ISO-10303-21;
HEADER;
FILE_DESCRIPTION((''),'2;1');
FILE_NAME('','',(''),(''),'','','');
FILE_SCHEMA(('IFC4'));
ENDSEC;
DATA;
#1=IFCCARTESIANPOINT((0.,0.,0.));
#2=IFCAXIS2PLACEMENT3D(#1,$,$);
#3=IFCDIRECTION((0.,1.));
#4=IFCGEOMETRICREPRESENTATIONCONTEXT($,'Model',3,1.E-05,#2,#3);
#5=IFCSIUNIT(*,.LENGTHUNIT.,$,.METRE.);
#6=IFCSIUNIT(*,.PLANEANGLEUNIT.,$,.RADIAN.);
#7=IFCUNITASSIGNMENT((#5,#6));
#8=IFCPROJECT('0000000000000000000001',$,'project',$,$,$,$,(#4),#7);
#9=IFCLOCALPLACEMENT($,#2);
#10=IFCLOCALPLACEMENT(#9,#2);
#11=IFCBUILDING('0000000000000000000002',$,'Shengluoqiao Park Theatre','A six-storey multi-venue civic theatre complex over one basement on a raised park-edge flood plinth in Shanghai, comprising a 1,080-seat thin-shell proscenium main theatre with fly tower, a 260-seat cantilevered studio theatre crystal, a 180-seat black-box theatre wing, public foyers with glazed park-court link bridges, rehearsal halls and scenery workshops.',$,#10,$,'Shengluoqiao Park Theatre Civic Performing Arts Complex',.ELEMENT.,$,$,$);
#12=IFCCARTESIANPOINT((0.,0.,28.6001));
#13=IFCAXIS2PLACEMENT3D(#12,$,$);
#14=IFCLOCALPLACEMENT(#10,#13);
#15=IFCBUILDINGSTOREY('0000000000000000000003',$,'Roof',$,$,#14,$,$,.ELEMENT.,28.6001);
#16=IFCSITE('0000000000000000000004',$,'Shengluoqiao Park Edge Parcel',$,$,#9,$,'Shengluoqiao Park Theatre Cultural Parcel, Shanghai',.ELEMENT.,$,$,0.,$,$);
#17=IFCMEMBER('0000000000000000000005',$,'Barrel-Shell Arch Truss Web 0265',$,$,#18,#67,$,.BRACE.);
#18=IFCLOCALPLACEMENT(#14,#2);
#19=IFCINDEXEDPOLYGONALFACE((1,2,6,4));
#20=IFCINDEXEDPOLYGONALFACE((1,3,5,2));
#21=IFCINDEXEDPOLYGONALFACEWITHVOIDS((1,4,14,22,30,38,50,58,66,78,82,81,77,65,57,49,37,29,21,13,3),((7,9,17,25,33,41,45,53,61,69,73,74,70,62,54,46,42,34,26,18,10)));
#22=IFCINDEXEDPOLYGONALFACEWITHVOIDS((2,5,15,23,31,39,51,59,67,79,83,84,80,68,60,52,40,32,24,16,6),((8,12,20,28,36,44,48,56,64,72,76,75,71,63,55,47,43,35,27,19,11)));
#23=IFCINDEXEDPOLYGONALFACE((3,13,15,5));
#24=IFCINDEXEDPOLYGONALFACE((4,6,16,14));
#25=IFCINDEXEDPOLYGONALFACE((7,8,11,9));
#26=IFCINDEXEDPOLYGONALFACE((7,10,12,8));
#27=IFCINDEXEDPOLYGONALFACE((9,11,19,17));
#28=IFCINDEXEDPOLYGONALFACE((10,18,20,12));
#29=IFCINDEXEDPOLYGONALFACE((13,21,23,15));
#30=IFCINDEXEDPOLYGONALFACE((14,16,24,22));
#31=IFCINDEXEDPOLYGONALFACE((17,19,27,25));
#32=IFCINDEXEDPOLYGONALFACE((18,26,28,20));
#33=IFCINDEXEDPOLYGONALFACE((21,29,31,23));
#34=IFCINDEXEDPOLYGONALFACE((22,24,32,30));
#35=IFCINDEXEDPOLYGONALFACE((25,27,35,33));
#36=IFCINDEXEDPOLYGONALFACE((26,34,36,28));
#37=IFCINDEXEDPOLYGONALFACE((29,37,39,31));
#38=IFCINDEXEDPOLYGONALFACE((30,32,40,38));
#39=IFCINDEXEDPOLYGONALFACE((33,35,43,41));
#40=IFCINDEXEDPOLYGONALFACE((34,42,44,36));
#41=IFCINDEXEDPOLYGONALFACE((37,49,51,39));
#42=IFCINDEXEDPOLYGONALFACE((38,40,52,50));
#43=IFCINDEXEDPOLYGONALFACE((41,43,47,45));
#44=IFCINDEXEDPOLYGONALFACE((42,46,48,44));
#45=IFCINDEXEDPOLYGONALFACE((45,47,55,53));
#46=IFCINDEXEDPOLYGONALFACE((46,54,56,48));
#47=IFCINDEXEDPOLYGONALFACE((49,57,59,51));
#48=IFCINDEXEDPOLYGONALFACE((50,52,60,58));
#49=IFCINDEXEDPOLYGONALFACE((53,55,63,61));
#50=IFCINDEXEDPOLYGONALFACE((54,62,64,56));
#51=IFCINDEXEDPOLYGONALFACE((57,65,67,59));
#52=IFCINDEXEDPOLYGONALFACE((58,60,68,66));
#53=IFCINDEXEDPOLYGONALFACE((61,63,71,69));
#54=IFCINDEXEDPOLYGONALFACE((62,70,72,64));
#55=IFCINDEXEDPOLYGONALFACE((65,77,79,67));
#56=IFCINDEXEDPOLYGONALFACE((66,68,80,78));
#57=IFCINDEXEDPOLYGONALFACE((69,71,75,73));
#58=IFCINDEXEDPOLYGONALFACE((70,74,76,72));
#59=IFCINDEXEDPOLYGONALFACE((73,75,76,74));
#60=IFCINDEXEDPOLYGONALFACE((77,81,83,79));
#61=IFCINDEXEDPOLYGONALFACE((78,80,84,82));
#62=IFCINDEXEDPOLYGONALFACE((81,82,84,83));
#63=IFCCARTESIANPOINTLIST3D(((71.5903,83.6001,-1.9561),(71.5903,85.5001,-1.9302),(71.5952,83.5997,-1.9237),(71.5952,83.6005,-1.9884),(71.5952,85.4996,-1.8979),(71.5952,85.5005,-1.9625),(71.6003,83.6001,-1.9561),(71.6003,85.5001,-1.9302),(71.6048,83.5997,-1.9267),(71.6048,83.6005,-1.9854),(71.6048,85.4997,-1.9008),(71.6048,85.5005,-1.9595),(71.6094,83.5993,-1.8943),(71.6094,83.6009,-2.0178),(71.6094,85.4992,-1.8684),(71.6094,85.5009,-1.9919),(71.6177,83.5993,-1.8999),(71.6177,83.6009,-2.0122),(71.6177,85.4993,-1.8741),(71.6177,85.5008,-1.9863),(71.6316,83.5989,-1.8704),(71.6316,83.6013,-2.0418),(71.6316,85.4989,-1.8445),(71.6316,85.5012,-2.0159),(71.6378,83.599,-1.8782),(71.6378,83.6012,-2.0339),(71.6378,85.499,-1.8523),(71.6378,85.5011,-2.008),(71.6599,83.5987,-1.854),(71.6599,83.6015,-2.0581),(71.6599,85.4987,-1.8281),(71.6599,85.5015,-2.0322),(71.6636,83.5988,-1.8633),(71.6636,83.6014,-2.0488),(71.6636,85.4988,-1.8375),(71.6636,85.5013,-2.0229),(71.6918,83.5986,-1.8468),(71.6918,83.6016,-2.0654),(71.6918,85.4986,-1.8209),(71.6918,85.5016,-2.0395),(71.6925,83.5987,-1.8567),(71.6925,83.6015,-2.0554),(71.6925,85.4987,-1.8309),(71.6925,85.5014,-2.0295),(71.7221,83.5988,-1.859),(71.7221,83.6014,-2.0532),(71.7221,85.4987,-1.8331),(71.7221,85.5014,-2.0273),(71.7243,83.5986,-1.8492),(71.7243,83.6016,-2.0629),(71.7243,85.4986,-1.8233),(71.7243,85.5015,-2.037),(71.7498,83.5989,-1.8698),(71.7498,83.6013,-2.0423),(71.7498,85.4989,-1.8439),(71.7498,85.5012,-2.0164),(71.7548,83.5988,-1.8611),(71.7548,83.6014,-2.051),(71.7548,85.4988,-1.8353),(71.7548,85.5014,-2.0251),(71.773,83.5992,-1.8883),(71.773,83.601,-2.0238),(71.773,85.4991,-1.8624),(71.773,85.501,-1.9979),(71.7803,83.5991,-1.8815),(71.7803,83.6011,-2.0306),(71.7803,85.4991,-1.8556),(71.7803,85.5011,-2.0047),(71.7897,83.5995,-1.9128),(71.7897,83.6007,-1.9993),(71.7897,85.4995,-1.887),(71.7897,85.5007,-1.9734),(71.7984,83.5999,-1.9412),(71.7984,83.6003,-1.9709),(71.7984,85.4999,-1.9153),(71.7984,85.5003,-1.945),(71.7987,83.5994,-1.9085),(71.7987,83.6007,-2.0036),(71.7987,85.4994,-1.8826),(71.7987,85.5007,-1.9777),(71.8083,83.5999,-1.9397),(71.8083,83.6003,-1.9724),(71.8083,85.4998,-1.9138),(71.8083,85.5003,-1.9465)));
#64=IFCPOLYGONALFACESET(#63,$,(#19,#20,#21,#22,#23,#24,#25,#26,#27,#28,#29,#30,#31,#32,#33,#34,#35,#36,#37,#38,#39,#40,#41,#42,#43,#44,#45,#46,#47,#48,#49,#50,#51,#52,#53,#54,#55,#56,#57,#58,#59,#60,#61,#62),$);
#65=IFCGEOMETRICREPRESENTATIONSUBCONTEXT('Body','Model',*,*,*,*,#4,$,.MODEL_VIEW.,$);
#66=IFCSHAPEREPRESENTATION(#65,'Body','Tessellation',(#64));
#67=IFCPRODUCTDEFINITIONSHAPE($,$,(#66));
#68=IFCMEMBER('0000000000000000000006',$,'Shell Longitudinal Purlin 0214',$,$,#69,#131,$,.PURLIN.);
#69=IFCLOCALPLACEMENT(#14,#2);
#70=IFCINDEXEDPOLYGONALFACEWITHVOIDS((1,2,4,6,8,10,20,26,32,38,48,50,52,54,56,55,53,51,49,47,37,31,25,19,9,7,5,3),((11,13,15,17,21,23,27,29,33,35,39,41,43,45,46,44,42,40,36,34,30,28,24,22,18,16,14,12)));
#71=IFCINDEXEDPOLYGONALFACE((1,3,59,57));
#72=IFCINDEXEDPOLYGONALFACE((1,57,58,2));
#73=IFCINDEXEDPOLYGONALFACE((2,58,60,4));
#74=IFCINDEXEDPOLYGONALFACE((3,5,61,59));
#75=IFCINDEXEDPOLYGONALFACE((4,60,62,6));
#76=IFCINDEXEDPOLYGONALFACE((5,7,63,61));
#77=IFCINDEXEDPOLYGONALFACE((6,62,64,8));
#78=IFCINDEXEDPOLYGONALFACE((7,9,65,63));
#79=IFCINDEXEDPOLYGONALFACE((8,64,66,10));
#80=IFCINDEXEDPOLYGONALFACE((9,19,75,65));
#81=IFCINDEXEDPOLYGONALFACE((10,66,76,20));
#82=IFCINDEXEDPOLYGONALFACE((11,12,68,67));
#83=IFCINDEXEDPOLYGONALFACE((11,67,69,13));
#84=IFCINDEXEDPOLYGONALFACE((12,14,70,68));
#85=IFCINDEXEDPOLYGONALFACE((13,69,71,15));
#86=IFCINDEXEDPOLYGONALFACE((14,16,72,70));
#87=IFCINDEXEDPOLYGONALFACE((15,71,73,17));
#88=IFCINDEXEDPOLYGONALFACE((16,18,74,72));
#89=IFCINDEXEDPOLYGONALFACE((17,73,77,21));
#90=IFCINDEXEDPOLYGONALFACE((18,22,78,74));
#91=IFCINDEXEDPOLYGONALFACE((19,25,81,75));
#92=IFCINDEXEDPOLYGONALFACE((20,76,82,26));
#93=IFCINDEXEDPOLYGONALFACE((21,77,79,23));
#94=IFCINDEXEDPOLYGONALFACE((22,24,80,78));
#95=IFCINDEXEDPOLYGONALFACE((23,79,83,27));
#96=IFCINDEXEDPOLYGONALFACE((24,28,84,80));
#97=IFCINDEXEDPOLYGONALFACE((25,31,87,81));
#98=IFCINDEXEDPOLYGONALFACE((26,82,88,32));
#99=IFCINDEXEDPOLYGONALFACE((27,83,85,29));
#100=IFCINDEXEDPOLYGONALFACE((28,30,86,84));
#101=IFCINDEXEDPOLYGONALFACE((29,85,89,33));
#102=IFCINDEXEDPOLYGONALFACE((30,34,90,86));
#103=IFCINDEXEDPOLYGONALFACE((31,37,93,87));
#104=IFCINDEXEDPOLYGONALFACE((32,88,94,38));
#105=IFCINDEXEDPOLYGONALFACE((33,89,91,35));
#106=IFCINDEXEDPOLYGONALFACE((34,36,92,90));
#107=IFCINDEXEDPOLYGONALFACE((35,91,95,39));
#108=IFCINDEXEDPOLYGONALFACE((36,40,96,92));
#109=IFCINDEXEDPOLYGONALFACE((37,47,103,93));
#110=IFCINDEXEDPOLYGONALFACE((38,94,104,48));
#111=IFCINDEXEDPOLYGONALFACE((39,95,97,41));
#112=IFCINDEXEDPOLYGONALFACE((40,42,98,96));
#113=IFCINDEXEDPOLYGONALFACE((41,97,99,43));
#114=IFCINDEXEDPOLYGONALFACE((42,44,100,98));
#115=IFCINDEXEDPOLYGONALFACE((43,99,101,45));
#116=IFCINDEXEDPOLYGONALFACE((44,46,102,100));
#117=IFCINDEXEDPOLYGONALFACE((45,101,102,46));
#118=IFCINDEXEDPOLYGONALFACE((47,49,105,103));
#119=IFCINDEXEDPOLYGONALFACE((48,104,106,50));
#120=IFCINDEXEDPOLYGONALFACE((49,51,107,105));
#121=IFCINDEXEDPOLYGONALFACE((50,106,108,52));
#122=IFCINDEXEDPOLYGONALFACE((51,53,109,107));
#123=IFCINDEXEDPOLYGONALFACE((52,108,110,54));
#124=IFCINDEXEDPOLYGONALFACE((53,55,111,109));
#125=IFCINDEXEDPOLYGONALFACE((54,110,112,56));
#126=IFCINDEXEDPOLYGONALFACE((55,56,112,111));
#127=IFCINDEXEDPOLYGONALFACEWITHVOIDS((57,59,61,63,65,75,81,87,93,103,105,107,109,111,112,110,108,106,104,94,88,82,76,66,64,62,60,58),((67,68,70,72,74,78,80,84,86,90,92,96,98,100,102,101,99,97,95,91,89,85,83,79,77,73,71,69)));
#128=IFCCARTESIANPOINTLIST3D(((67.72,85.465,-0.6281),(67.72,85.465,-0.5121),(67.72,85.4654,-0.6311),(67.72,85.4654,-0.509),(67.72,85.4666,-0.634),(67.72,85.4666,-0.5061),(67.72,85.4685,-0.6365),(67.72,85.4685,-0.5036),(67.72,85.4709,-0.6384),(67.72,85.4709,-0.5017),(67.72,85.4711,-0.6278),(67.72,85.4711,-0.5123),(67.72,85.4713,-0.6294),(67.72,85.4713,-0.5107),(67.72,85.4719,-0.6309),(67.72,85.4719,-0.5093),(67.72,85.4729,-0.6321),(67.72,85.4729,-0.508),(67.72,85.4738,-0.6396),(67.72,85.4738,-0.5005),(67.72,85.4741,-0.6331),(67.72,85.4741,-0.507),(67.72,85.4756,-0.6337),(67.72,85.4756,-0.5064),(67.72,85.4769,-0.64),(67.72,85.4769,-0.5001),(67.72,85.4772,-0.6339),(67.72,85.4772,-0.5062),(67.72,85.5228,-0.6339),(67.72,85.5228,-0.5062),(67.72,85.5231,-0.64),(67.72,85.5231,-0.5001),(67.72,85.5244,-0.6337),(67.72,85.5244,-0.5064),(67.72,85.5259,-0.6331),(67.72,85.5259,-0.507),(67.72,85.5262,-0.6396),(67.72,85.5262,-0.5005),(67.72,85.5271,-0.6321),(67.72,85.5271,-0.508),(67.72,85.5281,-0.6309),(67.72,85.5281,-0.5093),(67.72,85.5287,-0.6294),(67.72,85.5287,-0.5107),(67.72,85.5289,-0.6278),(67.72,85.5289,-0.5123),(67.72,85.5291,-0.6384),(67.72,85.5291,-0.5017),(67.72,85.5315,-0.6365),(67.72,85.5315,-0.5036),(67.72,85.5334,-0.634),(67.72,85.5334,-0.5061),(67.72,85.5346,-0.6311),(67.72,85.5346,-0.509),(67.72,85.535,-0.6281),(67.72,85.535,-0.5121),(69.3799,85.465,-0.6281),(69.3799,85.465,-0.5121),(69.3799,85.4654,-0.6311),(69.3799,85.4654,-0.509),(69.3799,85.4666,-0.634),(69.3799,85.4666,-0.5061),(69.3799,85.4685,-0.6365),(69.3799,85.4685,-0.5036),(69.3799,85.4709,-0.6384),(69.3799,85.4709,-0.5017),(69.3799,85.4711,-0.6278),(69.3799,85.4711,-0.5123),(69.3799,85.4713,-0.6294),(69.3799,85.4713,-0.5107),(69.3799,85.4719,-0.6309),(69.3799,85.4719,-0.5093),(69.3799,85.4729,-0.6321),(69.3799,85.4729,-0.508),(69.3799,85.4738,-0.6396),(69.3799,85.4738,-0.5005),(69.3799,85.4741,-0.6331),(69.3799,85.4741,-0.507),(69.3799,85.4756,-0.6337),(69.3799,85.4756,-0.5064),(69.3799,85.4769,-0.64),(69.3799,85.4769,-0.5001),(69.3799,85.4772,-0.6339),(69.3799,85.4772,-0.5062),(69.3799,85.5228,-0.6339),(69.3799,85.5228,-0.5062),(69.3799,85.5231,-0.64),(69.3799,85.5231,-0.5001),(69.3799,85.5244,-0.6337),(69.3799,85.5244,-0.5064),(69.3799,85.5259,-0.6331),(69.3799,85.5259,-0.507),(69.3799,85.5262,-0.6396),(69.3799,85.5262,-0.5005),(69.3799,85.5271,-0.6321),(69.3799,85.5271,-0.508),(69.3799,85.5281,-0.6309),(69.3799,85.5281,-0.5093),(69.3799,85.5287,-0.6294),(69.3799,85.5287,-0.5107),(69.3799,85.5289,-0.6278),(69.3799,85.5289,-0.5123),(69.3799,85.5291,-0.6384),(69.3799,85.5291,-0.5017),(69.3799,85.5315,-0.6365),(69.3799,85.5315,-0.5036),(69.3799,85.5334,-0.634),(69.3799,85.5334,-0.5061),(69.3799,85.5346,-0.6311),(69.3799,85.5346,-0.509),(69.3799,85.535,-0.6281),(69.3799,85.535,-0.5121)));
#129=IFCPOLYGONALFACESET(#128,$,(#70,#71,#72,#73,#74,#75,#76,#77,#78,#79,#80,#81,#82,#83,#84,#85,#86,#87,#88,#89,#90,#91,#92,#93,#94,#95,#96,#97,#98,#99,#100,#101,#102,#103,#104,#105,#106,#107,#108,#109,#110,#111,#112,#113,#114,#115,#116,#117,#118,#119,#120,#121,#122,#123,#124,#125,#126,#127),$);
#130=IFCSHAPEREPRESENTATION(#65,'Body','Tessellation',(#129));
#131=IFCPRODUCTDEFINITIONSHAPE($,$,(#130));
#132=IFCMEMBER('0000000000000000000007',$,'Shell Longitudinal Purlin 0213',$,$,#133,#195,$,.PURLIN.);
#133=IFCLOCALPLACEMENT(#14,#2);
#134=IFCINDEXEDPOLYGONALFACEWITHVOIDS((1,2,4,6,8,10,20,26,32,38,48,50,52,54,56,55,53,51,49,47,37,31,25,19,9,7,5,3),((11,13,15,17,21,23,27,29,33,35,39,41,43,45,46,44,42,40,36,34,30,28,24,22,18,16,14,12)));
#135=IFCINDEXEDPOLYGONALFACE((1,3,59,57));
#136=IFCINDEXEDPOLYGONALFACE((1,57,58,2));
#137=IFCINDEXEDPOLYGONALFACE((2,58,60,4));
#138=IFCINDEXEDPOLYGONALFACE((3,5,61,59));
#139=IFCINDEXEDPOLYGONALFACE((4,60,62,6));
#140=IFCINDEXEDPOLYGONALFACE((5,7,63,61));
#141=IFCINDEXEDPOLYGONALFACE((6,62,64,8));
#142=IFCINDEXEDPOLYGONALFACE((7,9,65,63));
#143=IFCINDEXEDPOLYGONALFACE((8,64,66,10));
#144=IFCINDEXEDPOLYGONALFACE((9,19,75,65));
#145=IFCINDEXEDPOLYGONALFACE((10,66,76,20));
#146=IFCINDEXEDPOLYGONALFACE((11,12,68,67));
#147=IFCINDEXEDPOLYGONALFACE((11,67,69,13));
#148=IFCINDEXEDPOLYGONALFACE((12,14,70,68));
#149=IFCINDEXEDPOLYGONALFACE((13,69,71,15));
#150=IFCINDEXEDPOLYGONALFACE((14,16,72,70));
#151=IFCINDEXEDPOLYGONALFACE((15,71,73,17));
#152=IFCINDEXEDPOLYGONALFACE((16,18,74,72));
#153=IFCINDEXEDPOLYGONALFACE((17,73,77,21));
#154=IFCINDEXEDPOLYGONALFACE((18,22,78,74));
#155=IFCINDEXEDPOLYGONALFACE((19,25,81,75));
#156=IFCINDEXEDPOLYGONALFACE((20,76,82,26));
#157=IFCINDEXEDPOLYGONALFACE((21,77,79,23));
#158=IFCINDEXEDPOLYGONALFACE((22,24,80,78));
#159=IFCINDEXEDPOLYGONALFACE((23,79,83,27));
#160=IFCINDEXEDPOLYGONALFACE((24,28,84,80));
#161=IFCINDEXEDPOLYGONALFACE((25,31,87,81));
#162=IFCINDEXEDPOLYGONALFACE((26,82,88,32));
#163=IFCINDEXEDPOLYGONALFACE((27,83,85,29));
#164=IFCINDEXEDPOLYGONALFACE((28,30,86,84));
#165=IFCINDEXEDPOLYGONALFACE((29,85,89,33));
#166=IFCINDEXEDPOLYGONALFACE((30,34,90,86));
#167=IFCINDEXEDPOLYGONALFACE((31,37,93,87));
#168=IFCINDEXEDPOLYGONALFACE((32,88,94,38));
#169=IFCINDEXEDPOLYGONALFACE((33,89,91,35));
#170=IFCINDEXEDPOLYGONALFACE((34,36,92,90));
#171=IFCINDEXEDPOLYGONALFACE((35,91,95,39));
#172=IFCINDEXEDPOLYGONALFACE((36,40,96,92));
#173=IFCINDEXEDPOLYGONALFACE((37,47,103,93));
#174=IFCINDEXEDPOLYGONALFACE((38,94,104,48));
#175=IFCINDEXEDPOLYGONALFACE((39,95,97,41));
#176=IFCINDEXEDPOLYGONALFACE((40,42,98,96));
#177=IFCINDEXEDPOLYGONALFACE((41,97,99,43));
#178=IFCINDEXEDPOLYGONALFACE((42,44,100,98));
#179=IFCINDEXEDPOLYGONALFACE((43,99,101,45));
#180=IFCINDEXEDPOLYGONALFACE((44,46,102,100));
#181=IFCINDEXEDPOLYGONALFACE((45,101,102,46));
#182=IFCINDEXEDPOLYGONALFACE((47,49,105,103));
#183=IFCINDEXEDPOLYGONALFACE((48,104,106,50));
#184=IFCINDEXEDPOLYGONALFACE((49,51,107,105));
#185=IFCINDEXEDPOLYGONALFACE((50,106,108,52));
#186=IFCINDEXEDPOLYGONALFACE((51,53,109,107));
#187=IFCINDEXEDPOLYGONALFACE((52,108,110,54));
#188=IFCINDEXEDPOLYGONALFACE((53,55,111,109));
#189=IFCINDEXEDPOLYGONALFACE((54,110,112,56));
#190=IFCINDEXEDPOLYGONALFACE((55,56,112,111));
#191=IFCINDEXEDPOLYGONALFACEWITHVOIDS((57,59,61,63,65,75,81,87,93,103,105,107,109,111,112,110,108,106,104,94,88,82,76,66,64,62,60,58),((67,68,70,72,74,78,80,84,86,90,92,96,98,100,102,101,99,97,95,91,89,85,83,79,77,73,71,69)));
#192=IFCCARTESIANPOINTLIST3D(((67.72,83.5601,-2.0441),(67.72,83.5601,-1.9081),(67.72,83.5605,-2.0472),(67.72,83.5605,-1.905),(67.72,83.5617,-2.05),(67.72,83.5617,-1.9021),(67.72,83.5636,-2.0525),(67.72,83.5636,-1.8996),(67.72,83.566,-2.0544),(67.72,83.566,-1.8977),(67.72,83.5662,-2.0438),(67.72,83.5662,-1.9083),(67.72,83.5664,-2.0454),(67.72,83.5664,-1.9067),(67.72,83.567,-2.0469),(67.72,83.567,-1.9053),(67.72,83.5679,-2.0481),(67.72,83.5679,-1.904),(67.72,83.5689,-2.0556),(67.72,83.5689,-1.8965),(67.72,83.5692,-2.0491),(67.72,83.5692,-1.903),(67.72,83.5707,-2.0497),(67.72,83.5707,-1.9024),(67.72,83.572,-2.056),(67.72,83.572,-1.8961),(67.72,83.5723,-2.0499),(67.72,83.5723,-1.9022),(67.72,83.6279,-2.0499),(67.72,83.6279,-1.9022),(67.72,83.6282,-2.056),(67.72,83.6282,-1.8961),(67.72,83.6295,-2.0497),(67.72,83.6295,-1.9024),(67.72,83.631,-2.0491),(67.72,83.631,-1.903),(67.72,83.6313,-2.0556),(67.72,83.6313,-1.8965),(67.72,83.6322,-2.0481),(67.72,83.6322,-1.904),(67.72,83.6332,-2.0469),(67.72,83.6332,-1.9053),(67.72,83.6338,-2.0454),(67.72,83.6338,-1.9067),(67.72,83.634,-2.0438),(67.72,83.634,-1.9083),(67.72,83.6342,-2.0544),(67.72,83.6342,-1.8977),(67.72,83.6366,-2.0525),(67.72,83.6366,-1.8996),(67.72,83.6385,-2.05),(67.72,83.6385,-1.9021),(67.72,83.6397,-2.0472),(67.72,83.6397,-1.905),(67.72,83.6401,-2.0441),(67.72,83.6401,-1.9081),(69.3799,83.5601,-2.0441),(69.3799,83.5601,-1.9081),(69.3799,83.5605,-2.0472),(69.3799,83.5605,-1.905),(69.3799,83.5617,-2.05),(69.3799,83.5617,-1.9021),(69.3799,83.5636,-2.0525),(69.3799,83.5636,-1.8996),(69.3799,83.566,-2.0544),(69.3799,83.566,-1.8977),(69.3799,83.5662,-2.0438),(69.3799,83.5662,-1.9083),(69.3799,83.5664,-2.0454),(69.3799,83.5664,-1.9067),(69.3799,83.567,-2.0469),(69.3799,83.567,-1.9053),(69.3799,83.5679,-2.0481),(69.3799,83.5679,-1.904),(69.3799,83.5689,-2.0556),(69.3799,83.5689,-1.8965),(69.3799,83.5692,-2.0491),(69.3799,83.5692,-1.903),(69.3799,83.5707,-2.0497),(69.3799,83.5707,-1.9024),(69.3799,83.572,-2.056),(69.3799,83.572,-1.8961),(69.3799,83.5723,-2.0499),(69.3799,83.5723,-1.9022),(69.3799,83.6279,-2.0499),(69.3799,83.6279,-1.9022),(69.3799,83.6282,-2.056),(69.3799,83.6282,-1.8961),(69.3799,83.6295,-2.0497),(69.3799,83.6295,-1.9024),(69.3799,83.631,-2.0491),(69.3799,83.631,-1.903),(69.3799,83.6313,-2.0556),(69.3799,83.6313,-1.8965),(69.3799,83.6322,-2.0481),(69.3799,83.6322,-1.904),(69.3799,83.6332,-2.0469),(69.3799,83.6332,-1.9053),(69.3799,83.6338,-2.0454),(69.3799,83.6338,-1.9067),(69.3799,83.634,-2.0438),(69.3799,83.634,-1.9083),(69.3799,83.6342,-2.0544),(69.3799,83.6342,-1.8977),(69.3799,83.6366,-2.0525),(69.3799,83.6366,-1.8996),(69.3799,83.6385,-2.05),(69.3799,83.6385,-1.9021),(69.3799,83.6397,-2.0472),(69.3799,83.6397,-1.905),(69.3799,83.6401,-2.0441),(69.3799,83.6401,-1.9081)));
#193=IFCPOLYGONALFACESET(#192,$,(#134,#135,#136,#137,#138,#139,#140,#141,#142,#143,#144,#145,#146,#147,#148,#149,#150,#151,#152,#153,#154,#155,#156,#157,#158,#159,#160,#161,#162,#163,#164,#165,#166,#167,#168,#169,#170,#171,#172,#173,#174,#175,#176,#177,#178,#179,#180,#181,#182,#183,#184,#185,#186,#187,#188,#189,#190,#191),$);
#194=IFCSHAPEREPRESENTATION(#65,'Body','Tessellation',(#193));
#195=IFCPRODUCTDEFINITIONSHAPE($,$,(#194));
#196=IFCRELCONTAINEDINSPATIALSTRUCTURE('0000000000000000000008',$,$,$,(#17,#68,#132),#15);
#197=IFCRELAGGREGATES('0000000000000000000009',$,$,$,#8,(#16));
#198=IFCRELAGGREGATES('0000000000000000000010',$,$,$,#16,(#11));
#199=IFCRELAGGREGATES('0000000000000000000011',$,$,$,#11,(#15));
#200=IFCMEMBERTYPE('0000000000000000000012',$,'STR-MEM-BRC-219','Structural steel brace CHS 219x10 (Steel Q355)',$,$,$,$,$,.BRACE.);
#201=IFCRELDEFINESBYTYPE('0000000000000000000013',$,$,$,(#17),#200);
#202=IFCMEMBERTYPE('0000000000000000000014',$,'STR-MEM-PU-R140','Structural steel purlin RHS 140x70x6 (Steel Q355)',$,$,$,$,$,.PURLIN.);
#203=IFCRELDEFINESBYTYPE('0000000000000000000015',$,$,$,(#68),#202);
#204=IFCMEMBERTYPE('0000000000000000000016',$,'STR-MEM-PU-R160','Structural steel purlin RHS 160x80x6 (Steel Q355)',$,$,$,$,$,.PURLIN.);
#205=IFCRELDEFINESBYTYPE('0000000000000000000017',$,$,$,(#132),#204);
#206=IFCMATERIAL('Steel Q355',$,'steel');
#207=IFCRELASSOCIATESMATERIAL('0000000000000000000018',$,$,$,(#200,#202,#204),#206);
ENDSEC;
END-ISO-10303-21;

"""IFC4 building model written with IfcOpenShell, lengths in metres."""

from ifc_helpers import new_model, si_unit, direction, frame, origin, origin_2d, place, context, subcontext, project, spatial, hollow_rectangle, hollow_circle, extrude, material, material_profile, profile_set, type_object, element, save


model = new_model("IFC4")

# Units and contexts
model_context = context("Model", 3, precision=1e-05, world=origin(), true_north=direction((0.0, 1.0)))
body_context = subcontext(model_context, "Body", "Model", "MODEL_VIEW")
ifc_project = project(units=[si_unit("LENGTHUNIT", "METRE"), si_unit("PLANEANGLEUNIT", "RADIAN")], contexts=[model_context])

# Site, building, storey
site_placement = place(None, origin())
site = spatial("IfcSite", under=ifc_project, at=site_placement, Name="Shengluoqiao Park Edge Parcel", LongName="Shengluoqiao Park Theatre Cultural Parcel, Shanghai", CompositionType="ELEMENT", RefElevation=0.0)
building_placement = place(site_placement, origin())
building = spatial("IfcBuilding", under=site, at=building_placement, Name="Shengluoqiao Park Theatre", Description="A six-storey multi-venue civic theatre complex over one basement on a raised park-edge flood plinth in Shanghai, comprising a 1,080-seat thin-shell proscenium main theatre with fly tower, a 260-seat cantilevered studio theatre crystal, a 180-seat black-box theatre wing, public foyers with glazed park-court link bridges, rehearsal halls and scenery workshops.", LongName="Shengluoqiao Park Theatre Civic Performing Arts Complex", CompositionType="ELEMENT")
storey_placement = place(building_placement, frame((0.0, 0.0, 28.6001)))
storey = spatial("IfcBuildingStorey", under=building, at=storey_placement, Name="Roof", CompositionType="ELEMENT", Elevation=28.6001)

# Shared definitions
ifc_material_1 = material(Name="Steel Q355", Category="steel")

# Members
ifc_material_profile_1 = material_profile(ifc_material_1, hollow_circle(Radius=0.1096, WallThickness=0.01, at=origin_2d()), Name="CHS 219x10")
ifc_profile_set_1 = profile_set([ifc_material_profile_1], Name="Steel Q355")
member_type_1 = type_object("IfcMemberType", Name="STR-MEM-BRC-219", Description="Structural steel brace CHS 219x10 (Steel Q355)", PredefinedType="BRACE", material=ifc_profile_set_1)
member_1_placement = place(storey_placement, frame((71.7, 83.6001, -1.9561), z_axis=(0.0, 0.999907, 0.01362), x_axis=(-1.0, 0.0, 0.0)))
element("IfcMember", 1, at=member_1_placement, inside=storey, type_object=member_type_1, Name="Barrel-Shell Arch Truss Web 0265", PredefinedType="BRACE", context=body_context, shape_type="SweptSolid", body=[
    extrude(hollow_circle(Radius=0.1096, WallThickness=0.01, at=origin_2d()), origin(), (0.0, 0.0, 1.0), 1.9001),
])
ifc_material_profile_2 = material_profile(ifc_material_1, hollow_rectangle(XDim=0.0701, YDim=0.1399, WallThickness=0.0061, InnerFilletRadius=0.0061, OuterFilletRadius=0.012, at=origin_2d()), Name="RHS 140x70x6")
ifc_profile_set_2 = profile_set([ifc_material_profile_2], Name="Steel Q355")
member_type_2 = type_object("IfcMemberType", Name="STR-MEM-PU-R140", Description="Structural steel purlin RHS 140x70x6 (Steel Q355)", PredefinedType="PURLIN", material=ifc_profile_set_2)
member_2_placement = place(storey_placement, frame((67.72, 85.5, -0.5701), z_axis=(1.0, 0.0, 0.0), x_axis=(0.0, 1.0, 0.0)))
element("IfcMember", 2, at=member_2_placement, inside=storey, type_object=member_type_2, Name="Shell Longitudinal Purlin 0214", PredefinedType="PURLIN", context=body_context, shape_type="SweptSolid", body=[
    extrude(hollow_rectangle(XDim=0.0701, YDim=0.1399, WallThickness=0.0061, InnerFilletRadius=0.0061, OuterFilletRadius=0.012, at=origin_2d()), origin(), (0.0, 0.0, 1.0), 1.6599),
])
ifc_material_profile_3 = material_profile(ifc_material_1, hollow_rectangle(XDim=0.0801, YDim=0.1599, WallThickness=0.0061, InnerFilletRadius=0.0061, OuterFilletRadius=0.012, at=origin_2d()), Name="RHS 160x80x6")
ifc_profile_set_3 = profile_set([ifc_material_profile_3], Name="Steel Q355")
member_type_3 = type_object("IfcMemberType", Name="STR-MEM-PU-R160", Description="Structural steel purlin RHS 160x80x6 (Steel Q355)", PredefinedType="PURLIN", material=ifc_profile_set_3)
for number, where, z_axis, x_axis, name in (
    (3, (67.72, 83.6001, -1.9761), (1.0, 0.0, 0.0), (0.0, 1.0, 0.0), "Shell Longitudinal Purlin 0213"),
):
    element("IfcMember", number, at=place(storey_placement, frame(where, z_axis=z_axis, x_axis=x_axis)), inside=storey, type_object=member_type_3, Name=name, PredefinedType="PURLIN", context=body_context, shape_type="SweptSolid", body=[
        extrude(hollow_rectangle(XDim=0.0801, YDim=0.1599, WallThickness=0.0061, InnerFilletRadius=0.0061, OuterFilletRadius=0.012, at=origin_2d()), origin(), (0.0, 0.0, 1.0), 1.6599),
    ])

save(model, "model.ifc")
